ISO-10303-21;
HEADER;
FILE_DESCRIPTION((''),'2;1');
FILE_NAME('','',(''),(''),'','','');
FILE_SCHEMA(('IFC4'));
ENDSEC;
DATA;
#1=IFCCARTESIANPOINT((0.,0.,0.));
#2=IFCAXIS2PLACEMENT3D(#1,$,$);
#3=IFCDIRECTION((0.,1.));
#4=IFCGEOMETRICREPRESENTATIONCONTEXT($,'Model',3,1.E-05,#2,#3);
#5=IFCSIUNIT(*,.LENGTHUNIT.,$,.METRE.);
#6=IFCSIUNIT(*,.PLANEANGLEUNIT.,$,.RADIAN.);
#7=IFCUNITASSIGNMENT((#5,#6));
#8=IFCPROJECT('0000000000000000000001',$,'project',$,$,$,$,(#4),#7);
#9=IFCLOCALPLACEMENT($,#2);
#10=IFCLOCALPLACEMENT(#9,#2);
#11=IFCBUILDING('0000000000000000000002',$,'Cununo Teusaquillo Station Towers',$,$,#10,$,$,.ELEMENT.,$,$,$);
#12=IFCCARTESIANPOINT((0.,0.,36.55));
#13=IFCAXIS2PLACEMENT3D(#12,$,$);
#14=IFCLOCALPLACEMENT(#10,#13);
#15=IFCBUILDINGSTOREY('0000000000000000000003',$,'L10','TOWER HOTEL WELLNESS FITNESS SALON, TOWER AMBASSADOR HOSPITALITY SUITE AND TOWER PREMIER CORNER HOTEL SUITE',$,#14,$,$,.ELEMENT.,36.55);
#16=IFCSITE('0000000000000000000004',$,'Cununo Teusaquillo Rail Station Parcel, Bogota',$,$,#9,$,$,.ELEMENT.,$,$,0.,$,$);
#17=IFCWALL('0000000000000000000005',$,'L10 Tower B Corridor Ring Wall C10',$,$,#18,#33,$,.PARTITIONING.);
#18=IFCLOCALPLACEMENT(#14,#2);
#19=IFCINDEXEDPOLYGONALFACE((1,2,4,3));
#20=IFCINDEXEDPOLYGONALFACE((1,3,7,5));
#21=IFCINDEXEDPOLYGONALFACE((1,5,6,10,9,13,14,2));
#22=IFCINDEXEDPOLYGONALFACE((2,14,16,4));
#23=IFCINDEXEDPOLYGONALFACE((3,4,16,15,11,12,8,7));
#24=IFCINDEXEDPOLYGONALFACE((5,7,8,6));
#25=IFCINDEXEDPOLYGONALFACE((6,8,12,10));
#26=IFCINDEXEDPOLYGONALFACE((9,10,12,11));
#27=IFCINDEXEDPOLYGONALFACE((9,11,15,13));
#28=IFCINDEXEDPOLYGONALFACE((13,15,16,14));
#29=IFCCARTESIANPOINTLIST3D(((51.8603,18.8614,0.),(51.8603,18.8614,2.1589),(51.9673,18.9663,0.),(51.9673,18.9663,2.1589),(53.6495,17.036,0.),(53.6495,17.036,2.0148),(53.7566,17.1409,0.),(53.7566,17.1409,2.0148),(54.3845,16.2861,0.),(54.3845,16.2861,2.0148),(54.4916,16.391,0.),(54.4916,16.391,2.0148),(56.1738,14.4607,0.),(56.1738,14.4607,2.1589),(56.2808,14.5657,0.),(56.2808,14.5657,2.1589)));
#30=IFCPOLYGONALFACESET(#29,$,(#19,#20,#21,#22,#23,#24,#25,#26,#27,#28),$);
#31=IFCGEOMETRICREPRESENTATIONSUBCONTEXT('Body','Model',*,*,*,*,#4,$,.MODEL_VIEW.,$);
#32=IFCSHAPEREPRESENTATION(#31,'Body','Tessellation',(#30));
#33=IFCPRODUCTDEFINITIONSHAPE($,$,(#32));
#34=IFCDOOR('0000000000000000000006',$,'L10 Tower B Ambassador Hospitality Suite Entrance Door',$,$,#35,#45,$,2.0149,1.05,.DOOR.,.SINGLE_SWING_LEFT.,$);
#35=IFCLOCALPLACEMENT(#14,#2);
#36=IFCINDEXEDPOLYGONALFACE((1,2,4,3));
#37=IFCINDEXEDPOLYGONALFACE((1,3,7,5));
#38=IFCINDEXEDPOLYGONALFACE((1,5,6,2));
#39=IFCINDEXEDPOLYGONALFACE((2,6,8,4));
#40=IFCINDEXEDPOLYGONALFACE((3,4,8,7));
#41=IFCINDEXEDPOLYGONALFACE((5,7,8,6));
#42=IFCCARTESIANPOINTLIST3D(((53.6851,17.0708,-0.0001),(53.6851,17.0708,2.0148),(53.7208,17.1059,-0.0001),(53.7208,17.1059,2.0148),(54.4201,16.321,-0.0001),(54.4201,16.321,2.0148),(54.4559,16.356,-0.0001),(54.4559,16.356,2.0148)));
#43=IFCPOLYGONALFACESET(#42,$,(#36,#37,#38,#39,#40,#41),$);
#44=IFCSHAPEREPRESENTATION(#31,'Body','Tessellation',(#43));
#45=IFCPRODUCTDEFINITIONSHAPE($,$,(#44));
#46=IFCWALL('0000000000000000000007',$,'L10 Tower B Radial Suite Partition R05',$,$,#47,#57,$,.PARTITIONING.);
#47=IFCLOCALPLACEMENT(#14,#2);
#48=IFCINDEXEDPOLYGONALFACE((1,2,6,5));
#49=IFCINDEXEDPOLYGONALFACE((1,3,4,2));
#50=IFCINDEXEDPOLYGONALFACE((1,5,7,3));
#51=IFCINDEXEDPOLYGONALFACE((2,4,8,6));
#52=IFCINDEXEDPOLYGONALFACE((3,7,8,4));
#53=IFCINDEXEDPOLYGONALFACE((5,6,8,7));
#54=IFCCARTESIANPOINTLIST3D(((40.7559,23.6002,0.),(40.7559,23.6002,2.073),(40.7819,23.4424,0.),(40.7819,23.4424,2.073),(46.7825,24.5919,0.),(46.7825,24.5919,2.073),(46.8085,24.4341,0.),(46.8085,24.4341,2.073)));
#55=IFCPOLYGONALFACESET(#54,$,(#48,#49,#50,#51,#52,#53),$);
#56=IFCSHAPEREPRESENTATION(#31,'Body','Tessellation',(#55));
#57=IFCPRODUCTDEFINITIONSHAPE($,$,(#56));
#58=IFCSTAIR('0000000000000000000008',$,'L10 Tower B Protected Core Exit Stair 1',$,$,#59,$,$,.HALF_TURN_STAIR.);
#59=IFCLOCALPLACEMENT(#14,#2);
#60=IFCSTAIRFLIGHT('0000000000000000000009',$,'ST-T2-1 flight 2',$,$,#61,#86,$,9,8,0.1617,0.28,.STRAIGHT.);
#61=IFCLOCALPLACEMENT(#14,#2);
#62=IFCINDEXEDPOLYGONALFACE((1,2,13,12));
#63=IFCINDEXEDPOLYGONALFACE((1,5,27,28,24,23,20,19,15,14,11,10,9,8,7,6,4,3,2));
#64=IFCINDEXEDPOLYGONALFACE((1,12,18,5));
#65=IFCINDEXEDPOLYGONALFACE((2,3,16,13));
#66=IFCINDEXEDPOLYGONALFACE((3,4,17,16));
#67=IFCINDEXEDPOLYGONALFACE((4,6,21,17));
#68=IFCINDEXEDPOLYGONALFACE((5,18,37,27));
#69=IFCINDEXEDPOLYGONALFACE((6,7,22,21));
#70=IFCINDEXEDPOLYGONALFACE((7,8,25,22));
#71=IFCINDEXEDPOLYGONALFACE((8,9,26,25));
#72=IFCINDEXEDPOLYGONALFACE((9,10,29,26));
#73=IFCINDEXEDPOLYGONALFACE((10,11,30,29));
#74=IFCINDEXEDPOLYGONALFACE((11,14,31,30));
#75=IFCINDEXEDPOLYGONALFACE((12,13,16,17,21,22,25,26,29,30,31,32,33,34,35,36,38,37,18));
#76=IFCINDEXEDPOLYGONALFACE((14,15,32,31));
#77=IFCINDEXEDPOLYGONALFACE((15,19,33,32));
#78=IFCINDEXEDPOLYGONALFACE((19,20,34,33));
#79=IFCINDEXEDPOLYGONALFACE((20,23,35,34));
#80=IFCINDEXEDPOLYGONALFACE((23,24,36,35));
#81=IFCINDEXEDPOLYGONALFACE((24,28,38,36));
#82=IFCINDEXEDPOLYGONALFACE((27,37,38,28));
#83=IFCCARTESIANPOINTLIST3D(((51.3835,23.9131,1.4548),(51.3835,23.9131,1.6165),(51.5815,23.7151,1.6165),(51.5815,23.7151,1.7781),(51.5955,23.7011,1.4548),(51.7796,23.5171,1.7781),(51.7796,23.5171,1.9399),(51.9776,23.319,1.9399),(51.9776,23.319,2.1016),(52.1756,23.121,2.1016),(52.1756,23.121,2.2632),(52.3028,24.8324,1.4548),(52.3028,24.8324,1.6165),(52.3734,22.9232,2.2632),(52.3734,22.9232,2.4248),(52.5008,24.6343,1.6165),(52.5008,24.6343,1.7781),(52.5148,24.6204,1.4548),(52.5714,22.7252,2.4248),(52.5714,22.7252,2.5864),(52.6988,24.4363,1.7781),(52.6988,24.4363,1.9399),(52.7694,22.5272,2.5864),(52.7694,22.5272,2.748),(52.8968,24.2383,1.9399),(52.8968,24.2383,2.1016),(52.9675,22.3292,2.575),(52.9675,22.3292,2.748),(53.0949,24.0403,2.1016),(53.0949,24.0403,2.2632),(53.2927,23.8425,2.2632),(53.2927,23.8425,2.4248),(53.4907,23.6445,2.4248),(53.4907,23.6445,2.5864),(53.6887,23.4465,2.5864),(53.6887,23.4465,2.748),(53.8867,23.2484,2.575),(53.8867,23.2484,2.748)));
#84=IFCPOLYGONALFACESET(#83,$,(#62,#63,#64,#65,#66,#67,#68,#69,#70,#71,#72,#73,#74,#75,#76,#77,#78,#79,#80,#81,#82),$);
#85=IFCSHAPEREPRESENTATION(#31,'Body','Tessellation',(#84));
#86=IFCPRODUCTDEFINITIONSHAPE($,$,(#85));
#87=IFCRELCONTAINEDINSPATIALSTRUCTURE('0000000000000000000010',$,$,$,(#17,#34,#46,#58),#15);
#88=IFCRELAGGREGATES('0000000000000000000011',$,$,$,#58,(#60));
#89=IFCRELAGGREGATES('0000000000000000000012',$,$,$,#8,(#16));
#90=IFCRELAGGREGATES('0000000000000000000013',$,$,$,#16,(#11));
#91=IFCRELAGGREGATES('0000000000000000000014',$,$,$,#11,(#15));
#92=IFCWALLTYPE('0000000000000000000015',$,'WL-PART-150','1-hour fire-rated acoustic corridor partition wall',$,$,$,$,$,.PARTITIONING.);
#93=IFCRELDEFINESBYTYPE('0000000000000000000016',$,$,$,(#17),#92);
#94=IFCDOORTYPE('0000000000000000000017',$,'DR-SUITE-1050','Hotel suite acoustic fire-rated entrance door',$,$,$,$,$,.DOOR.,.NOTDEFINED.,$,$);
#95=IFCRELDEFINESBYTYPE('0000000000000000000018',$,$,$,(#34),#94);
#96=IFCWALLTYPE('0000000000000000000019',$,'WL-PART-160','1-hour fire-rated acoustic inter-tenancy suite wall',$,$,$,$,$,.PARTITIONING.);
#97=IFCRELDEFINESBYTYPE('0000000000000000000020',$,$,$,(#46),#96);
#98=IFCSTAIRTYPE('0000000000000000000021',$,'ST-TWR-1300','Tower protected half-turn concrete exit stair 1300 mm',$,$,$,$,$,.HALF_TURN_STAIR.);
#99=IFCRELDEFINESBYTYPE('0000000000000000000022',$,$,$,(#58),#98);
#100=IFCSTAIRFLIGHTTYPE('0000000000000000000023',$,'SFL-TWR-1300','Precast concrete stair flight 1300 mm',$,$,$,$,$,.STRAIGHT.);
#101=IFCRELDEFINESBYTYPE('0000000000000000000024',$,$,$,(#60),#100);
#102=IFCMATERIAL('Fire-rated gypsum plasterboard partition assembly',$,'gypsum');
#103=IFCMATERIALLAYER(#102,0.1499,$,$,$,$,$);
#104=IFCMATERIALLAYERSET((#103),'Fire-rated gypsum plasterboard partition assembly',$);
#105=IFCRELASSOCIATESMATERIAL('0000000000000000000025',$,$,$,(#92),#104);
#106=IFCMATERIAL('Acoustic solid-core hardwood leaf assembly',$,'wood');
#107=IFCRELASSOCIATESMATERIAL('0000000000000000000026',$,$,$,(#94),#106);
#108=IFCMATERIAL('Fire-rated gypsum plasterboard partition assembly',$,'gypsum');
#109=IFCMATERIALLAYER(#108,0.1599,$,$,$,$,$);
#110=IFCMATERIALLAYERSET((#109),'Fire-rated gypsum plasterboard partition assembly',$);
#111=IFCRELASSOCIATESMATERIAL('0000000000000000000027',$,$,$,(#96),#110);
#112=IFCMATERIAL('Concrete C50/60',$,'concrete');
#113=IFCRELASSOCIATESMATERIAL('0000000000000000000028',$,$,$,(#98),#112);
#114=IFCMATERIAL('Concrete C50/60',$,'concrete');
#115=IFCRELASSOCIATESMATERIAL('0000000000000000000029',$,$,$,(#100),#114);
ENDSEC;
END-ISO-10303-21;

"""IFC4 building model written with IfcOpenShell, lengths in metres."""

from ifc_helpers import new_model, si_unit, direction, frame, frame_2d, origin, place, context, subcontext, project, spatial, polyline, rectangle, outline, extrude, source, transform, mapped, material, layer, layer_set, type_object, element, fill, aggregate, save


model = new_model("IFC4")

# Units and contexts
model_context = context("Model", 3, precision=1e-05, world=origin(), true_north=direction((0.0, 1.0)))
body_context = subcontext(model_context, "Body", "Model", "MODEL_VIEW")
ifc_project = project(units=[si_unit("LENGTHUNIT", "METRE"), si_unit("PLANEANGLEUNIT", "RADIAN")], contexts=[model_context])

# Site, building, storey
site_placement = place(None, origin())
site = spatial("IfcSite", under=ifc_project, at=site_placement, Name="Cununo Teusaquillo Rail Station Parcel, Bogota", CompositionType="ELEMENT", RefElevation=0.0)
building_placement = place(site_placement, origin())
building = spatial("IfcBuilding", under=site, at=building_placement, Name="Cununo Teusaquillo Station Towers", CompositionType="ELEMENT")
storey_placement = place(building_placement, frame((0.0, 0.0, 36.55)))
storey = spatial("IfcBuildingStorey", under=building, at=storey_placement, Name="L10", Description="TOWER HOTEL WELLNESS FITNESS SALON, TOWER AMBASSADOR HOSPITALITY SUITE AND TOWER PREMIER CORNER HOTEL SUITE", CompositionType="ELEMENT", Elevation=36.55)

# Shared definitions
ifc_material_1 = material(Name="Fire-rated gypsum plasterboard partition assembly", Category="gypsum")
ifc_layer_1 = layer(ifc_material_1, 0.1499)
ifc_layer_set_1 = layer_set([ifc_layer_1], Name="Fire-rated gypsum plasterboard partition assembly")
wall_type_1 = type_object("IfcWallType", Name="WL-PART-150", Description="1-hour fire-rated acoustic corridor partition wall", PredefinedType="PARTITIONING", material=ifc_layer_set_1)

# Wall, opening, door
shared_shape_1 = source(origin(), body_context, "Body", "SweptSolid", [
    extrude(rectangle(XDim=1.05, YDim=2.0149, at=frame_2d((0.5249, 1.0073))), frame((0.0, 0.085, 0.0), z_axis=(0.0, -1.0, 0.0), x_axis=(1.0, 0.0, 0.0)), (0.0, 0.0, 1.0), 0.1699),
])
ifc_material_2 = material(Name="Acoustic solid-core hardwood leaf assembly", Category="wood")
door_type_1 = type_object("IfcDoorType", Name="DR-SUITE-1050", Description="Hotel suite acoustic fire-rated entrance door", OperationType="NOTDEFINED", PredefinedType="DOOR", material=ifc_material_2)
shared_shape_2 = source(origin(), body_context, "Body", "SweptSolid", [
    extrude(rectangle(XDim=1.05, YDim=2.0149, at=frame_2d((0.5249, 1.0073))), frame((0.0, 0.0249, 0.0), z_axis=(0.0, -1.0, 0.0), x_axis=(1.0, 0.0, 0.0)), (0.0, 0.0, 1.0), 0.05),
])
wall_1_placement = place(storey_placement, frame((51.9138, 18.9138, 0.0), z_axis=(0.0, 0.0, 1.0), x_axis=(0.699999, -0.714144, 0.0)))
wall_1 = element("IfcWall", 1, at=wall_1_placement, inside=storey, type_object=wall_type_1, Name="L10 Tower B Corridor Ring Wall C10", PredefinedType="PARTITIONING", context=body_context, shape_type="SweptSolid", body=[
    extrude(rectangle(XDim=6.1621, YDim=0.1499, at=frame_2d((3.0811, 0.0))), origin(), (0.0, 0.0, 1.0), 2.1589),
])
opening_1_placement = place(wall_1_placement, frame((2.5562, 0.0, 0.0)))
opening_1 = element("IfcOpeningElement", 2, at=opening_1_placement, cuts=wall_1, PredefinedType="OPENING", context=body_context, shape_type="MappedRepresentation", body=[
    mapped(shared_shape_1, transform((0.0, 0.0, 0.0), x_axis=(1.0, 0.0, 0.0), y_axis=(0.0, 1.0, 0.0), z_axis=(0.0, 0.0, 1.0), scale=1.0)),
])
door_1_placement = place(opening_1_placement, origin())
door_1 = element("IfcDoor", 3, at=door_1_placement, inside=storey, type_object=door_type_1, Name="L10 Tower B Ambassador Hospitality Suite Entrance Door", OperationType="SINGLE_SWING_LEFT", OverallHeight=2.0149, OverallWidth=1.05, PredefinedType="DOOR", context=body_context, shape_type="MappedRepresentation", body=[
    mapped(shared_shape_2, transform((0.0, 0.0, 0.0), x_axis=(1.0, 0.0, 0.0), y_axis=(0.0, 1.0, 0.0), z_axis=(0.0, 0.0, 1.0), scale=1.0)),
])
fill(opening_1, door_1)

# Wall
ifc_material_3 = material(Name="Fire-rated gypsum plasterboard partition assembly", Category="gypsum")
ifc_layer_2 = layer(ifc_material_3, 0.1599)
ifc_layer_set_2 = layer_set([ifc_layer_2], Name="Fire-rated gypsum plasterboard partition assembly")
wall_type_2 = type_object("IfcWallType", Name="WL-PART-160", Description="1-hour fire-rated acoustic inter-tenancy suite wall", PredefinedType="PARTITIONING", material=ifc_layer_set_2)
wall_2_placement = place(storey_placement, frame((46.7954, 24.5129, 0.0), z_axis=(0.0, 0.0, 1.0), x_axis=(-0.98673, -0.16237, 0.0)))
element("IfcWall", 4, at=wall_2_placement, inside=storey, type_object=wall_type_2, Name="L10 Tower B Radial Suite Partition R05", PredefinedType="PARTITIONING", context=body_context, shape_type="SweptSolid", body=[
    extrude(rectangle(XDim=6.1077, YDim=0.1599, at=frame_2d((3.0537, 0.0))), origin(), (0.0, 0.0, 1.0), 2.073),
])

# Stair, stair flight
ifc_material_4 = material(Name="Concrete C50/60", Category="concrete")
stair_type = type_object("IfcStairType", Name="ST-TWR-1300", Description="Tower protected half-turn concrete exit stair 1300 mm", PredefinedType="HALF_TURN_STAIR", material=ifc_material_4)
stair_placement = place(storey_placement, origin())
stair = element("IfcStair", 5, at=stair_placement, inside=storey, type_object=stair_type, Name="L10 Tower B Protected Core Exit Stair 1", PredefinedType="HALF_TURN_STAIR")
ifc_material_5 = material(Name="Concrete C50/60", Category="concrete")
stair_flight_type = type_object("IfcStairFlightType", Name="SFL-TWR-1300", Description="Precast concrete stair flight 1300 mm", PredefinedType="STRAIGHT", material=ifc_material_5)
stair_flight_placement = place(storey_placement, frame((51.8433, 24.3728, 1.4548), z_axis=(0.0, 0.0, 1.0), x_axis=(0.707107, -0.707107, 0.0)))
stair_flight = element("IfcStairFlight", 6, at=stair_flight_placement, type_object=stair_flight_type, Name="ST-T2-1 flight 2", NumberOfRisers=9, NumberOfTreads=8, PredefinedType="STRAIGHT", RiserHeight=0.1617, TreadLength=0.28, context=body_context, shape_type="SweptSolid", body=[
    extrude(outline(polyline([(0.0, 0.0), (0.0, 0.1616), (0.28, 0.1616), (0.28, 0.3232), (0.5601, 0.3232), (0.5601, 0.4851), (0.8401, 0.4851), (0.8401, 0.6467), (1.1201, 0.6467), (1.1201, 0.8083), (1.3999, 0.8083), (1.3999, 0.97), (1.6799, 0.97), (1.6799, 1.1316), (1.96, 1.1316), (1.96, 1.2932), (2.24, 1.2932), (2.24, 1.4551), (2.24, 1.1201), (0.2998, 0.0), (0.0, 0.0)])), frame((0.0, 0.6499, 0.0), z_axis=(0.0, -1.0, 0.0), x_axis=(1.0, 0.0, 0.0)), (0.0, 0.0, 1.0), 1.3),
])
aggregate(stair, [stair_flight])

save(model, "model.ifc")
